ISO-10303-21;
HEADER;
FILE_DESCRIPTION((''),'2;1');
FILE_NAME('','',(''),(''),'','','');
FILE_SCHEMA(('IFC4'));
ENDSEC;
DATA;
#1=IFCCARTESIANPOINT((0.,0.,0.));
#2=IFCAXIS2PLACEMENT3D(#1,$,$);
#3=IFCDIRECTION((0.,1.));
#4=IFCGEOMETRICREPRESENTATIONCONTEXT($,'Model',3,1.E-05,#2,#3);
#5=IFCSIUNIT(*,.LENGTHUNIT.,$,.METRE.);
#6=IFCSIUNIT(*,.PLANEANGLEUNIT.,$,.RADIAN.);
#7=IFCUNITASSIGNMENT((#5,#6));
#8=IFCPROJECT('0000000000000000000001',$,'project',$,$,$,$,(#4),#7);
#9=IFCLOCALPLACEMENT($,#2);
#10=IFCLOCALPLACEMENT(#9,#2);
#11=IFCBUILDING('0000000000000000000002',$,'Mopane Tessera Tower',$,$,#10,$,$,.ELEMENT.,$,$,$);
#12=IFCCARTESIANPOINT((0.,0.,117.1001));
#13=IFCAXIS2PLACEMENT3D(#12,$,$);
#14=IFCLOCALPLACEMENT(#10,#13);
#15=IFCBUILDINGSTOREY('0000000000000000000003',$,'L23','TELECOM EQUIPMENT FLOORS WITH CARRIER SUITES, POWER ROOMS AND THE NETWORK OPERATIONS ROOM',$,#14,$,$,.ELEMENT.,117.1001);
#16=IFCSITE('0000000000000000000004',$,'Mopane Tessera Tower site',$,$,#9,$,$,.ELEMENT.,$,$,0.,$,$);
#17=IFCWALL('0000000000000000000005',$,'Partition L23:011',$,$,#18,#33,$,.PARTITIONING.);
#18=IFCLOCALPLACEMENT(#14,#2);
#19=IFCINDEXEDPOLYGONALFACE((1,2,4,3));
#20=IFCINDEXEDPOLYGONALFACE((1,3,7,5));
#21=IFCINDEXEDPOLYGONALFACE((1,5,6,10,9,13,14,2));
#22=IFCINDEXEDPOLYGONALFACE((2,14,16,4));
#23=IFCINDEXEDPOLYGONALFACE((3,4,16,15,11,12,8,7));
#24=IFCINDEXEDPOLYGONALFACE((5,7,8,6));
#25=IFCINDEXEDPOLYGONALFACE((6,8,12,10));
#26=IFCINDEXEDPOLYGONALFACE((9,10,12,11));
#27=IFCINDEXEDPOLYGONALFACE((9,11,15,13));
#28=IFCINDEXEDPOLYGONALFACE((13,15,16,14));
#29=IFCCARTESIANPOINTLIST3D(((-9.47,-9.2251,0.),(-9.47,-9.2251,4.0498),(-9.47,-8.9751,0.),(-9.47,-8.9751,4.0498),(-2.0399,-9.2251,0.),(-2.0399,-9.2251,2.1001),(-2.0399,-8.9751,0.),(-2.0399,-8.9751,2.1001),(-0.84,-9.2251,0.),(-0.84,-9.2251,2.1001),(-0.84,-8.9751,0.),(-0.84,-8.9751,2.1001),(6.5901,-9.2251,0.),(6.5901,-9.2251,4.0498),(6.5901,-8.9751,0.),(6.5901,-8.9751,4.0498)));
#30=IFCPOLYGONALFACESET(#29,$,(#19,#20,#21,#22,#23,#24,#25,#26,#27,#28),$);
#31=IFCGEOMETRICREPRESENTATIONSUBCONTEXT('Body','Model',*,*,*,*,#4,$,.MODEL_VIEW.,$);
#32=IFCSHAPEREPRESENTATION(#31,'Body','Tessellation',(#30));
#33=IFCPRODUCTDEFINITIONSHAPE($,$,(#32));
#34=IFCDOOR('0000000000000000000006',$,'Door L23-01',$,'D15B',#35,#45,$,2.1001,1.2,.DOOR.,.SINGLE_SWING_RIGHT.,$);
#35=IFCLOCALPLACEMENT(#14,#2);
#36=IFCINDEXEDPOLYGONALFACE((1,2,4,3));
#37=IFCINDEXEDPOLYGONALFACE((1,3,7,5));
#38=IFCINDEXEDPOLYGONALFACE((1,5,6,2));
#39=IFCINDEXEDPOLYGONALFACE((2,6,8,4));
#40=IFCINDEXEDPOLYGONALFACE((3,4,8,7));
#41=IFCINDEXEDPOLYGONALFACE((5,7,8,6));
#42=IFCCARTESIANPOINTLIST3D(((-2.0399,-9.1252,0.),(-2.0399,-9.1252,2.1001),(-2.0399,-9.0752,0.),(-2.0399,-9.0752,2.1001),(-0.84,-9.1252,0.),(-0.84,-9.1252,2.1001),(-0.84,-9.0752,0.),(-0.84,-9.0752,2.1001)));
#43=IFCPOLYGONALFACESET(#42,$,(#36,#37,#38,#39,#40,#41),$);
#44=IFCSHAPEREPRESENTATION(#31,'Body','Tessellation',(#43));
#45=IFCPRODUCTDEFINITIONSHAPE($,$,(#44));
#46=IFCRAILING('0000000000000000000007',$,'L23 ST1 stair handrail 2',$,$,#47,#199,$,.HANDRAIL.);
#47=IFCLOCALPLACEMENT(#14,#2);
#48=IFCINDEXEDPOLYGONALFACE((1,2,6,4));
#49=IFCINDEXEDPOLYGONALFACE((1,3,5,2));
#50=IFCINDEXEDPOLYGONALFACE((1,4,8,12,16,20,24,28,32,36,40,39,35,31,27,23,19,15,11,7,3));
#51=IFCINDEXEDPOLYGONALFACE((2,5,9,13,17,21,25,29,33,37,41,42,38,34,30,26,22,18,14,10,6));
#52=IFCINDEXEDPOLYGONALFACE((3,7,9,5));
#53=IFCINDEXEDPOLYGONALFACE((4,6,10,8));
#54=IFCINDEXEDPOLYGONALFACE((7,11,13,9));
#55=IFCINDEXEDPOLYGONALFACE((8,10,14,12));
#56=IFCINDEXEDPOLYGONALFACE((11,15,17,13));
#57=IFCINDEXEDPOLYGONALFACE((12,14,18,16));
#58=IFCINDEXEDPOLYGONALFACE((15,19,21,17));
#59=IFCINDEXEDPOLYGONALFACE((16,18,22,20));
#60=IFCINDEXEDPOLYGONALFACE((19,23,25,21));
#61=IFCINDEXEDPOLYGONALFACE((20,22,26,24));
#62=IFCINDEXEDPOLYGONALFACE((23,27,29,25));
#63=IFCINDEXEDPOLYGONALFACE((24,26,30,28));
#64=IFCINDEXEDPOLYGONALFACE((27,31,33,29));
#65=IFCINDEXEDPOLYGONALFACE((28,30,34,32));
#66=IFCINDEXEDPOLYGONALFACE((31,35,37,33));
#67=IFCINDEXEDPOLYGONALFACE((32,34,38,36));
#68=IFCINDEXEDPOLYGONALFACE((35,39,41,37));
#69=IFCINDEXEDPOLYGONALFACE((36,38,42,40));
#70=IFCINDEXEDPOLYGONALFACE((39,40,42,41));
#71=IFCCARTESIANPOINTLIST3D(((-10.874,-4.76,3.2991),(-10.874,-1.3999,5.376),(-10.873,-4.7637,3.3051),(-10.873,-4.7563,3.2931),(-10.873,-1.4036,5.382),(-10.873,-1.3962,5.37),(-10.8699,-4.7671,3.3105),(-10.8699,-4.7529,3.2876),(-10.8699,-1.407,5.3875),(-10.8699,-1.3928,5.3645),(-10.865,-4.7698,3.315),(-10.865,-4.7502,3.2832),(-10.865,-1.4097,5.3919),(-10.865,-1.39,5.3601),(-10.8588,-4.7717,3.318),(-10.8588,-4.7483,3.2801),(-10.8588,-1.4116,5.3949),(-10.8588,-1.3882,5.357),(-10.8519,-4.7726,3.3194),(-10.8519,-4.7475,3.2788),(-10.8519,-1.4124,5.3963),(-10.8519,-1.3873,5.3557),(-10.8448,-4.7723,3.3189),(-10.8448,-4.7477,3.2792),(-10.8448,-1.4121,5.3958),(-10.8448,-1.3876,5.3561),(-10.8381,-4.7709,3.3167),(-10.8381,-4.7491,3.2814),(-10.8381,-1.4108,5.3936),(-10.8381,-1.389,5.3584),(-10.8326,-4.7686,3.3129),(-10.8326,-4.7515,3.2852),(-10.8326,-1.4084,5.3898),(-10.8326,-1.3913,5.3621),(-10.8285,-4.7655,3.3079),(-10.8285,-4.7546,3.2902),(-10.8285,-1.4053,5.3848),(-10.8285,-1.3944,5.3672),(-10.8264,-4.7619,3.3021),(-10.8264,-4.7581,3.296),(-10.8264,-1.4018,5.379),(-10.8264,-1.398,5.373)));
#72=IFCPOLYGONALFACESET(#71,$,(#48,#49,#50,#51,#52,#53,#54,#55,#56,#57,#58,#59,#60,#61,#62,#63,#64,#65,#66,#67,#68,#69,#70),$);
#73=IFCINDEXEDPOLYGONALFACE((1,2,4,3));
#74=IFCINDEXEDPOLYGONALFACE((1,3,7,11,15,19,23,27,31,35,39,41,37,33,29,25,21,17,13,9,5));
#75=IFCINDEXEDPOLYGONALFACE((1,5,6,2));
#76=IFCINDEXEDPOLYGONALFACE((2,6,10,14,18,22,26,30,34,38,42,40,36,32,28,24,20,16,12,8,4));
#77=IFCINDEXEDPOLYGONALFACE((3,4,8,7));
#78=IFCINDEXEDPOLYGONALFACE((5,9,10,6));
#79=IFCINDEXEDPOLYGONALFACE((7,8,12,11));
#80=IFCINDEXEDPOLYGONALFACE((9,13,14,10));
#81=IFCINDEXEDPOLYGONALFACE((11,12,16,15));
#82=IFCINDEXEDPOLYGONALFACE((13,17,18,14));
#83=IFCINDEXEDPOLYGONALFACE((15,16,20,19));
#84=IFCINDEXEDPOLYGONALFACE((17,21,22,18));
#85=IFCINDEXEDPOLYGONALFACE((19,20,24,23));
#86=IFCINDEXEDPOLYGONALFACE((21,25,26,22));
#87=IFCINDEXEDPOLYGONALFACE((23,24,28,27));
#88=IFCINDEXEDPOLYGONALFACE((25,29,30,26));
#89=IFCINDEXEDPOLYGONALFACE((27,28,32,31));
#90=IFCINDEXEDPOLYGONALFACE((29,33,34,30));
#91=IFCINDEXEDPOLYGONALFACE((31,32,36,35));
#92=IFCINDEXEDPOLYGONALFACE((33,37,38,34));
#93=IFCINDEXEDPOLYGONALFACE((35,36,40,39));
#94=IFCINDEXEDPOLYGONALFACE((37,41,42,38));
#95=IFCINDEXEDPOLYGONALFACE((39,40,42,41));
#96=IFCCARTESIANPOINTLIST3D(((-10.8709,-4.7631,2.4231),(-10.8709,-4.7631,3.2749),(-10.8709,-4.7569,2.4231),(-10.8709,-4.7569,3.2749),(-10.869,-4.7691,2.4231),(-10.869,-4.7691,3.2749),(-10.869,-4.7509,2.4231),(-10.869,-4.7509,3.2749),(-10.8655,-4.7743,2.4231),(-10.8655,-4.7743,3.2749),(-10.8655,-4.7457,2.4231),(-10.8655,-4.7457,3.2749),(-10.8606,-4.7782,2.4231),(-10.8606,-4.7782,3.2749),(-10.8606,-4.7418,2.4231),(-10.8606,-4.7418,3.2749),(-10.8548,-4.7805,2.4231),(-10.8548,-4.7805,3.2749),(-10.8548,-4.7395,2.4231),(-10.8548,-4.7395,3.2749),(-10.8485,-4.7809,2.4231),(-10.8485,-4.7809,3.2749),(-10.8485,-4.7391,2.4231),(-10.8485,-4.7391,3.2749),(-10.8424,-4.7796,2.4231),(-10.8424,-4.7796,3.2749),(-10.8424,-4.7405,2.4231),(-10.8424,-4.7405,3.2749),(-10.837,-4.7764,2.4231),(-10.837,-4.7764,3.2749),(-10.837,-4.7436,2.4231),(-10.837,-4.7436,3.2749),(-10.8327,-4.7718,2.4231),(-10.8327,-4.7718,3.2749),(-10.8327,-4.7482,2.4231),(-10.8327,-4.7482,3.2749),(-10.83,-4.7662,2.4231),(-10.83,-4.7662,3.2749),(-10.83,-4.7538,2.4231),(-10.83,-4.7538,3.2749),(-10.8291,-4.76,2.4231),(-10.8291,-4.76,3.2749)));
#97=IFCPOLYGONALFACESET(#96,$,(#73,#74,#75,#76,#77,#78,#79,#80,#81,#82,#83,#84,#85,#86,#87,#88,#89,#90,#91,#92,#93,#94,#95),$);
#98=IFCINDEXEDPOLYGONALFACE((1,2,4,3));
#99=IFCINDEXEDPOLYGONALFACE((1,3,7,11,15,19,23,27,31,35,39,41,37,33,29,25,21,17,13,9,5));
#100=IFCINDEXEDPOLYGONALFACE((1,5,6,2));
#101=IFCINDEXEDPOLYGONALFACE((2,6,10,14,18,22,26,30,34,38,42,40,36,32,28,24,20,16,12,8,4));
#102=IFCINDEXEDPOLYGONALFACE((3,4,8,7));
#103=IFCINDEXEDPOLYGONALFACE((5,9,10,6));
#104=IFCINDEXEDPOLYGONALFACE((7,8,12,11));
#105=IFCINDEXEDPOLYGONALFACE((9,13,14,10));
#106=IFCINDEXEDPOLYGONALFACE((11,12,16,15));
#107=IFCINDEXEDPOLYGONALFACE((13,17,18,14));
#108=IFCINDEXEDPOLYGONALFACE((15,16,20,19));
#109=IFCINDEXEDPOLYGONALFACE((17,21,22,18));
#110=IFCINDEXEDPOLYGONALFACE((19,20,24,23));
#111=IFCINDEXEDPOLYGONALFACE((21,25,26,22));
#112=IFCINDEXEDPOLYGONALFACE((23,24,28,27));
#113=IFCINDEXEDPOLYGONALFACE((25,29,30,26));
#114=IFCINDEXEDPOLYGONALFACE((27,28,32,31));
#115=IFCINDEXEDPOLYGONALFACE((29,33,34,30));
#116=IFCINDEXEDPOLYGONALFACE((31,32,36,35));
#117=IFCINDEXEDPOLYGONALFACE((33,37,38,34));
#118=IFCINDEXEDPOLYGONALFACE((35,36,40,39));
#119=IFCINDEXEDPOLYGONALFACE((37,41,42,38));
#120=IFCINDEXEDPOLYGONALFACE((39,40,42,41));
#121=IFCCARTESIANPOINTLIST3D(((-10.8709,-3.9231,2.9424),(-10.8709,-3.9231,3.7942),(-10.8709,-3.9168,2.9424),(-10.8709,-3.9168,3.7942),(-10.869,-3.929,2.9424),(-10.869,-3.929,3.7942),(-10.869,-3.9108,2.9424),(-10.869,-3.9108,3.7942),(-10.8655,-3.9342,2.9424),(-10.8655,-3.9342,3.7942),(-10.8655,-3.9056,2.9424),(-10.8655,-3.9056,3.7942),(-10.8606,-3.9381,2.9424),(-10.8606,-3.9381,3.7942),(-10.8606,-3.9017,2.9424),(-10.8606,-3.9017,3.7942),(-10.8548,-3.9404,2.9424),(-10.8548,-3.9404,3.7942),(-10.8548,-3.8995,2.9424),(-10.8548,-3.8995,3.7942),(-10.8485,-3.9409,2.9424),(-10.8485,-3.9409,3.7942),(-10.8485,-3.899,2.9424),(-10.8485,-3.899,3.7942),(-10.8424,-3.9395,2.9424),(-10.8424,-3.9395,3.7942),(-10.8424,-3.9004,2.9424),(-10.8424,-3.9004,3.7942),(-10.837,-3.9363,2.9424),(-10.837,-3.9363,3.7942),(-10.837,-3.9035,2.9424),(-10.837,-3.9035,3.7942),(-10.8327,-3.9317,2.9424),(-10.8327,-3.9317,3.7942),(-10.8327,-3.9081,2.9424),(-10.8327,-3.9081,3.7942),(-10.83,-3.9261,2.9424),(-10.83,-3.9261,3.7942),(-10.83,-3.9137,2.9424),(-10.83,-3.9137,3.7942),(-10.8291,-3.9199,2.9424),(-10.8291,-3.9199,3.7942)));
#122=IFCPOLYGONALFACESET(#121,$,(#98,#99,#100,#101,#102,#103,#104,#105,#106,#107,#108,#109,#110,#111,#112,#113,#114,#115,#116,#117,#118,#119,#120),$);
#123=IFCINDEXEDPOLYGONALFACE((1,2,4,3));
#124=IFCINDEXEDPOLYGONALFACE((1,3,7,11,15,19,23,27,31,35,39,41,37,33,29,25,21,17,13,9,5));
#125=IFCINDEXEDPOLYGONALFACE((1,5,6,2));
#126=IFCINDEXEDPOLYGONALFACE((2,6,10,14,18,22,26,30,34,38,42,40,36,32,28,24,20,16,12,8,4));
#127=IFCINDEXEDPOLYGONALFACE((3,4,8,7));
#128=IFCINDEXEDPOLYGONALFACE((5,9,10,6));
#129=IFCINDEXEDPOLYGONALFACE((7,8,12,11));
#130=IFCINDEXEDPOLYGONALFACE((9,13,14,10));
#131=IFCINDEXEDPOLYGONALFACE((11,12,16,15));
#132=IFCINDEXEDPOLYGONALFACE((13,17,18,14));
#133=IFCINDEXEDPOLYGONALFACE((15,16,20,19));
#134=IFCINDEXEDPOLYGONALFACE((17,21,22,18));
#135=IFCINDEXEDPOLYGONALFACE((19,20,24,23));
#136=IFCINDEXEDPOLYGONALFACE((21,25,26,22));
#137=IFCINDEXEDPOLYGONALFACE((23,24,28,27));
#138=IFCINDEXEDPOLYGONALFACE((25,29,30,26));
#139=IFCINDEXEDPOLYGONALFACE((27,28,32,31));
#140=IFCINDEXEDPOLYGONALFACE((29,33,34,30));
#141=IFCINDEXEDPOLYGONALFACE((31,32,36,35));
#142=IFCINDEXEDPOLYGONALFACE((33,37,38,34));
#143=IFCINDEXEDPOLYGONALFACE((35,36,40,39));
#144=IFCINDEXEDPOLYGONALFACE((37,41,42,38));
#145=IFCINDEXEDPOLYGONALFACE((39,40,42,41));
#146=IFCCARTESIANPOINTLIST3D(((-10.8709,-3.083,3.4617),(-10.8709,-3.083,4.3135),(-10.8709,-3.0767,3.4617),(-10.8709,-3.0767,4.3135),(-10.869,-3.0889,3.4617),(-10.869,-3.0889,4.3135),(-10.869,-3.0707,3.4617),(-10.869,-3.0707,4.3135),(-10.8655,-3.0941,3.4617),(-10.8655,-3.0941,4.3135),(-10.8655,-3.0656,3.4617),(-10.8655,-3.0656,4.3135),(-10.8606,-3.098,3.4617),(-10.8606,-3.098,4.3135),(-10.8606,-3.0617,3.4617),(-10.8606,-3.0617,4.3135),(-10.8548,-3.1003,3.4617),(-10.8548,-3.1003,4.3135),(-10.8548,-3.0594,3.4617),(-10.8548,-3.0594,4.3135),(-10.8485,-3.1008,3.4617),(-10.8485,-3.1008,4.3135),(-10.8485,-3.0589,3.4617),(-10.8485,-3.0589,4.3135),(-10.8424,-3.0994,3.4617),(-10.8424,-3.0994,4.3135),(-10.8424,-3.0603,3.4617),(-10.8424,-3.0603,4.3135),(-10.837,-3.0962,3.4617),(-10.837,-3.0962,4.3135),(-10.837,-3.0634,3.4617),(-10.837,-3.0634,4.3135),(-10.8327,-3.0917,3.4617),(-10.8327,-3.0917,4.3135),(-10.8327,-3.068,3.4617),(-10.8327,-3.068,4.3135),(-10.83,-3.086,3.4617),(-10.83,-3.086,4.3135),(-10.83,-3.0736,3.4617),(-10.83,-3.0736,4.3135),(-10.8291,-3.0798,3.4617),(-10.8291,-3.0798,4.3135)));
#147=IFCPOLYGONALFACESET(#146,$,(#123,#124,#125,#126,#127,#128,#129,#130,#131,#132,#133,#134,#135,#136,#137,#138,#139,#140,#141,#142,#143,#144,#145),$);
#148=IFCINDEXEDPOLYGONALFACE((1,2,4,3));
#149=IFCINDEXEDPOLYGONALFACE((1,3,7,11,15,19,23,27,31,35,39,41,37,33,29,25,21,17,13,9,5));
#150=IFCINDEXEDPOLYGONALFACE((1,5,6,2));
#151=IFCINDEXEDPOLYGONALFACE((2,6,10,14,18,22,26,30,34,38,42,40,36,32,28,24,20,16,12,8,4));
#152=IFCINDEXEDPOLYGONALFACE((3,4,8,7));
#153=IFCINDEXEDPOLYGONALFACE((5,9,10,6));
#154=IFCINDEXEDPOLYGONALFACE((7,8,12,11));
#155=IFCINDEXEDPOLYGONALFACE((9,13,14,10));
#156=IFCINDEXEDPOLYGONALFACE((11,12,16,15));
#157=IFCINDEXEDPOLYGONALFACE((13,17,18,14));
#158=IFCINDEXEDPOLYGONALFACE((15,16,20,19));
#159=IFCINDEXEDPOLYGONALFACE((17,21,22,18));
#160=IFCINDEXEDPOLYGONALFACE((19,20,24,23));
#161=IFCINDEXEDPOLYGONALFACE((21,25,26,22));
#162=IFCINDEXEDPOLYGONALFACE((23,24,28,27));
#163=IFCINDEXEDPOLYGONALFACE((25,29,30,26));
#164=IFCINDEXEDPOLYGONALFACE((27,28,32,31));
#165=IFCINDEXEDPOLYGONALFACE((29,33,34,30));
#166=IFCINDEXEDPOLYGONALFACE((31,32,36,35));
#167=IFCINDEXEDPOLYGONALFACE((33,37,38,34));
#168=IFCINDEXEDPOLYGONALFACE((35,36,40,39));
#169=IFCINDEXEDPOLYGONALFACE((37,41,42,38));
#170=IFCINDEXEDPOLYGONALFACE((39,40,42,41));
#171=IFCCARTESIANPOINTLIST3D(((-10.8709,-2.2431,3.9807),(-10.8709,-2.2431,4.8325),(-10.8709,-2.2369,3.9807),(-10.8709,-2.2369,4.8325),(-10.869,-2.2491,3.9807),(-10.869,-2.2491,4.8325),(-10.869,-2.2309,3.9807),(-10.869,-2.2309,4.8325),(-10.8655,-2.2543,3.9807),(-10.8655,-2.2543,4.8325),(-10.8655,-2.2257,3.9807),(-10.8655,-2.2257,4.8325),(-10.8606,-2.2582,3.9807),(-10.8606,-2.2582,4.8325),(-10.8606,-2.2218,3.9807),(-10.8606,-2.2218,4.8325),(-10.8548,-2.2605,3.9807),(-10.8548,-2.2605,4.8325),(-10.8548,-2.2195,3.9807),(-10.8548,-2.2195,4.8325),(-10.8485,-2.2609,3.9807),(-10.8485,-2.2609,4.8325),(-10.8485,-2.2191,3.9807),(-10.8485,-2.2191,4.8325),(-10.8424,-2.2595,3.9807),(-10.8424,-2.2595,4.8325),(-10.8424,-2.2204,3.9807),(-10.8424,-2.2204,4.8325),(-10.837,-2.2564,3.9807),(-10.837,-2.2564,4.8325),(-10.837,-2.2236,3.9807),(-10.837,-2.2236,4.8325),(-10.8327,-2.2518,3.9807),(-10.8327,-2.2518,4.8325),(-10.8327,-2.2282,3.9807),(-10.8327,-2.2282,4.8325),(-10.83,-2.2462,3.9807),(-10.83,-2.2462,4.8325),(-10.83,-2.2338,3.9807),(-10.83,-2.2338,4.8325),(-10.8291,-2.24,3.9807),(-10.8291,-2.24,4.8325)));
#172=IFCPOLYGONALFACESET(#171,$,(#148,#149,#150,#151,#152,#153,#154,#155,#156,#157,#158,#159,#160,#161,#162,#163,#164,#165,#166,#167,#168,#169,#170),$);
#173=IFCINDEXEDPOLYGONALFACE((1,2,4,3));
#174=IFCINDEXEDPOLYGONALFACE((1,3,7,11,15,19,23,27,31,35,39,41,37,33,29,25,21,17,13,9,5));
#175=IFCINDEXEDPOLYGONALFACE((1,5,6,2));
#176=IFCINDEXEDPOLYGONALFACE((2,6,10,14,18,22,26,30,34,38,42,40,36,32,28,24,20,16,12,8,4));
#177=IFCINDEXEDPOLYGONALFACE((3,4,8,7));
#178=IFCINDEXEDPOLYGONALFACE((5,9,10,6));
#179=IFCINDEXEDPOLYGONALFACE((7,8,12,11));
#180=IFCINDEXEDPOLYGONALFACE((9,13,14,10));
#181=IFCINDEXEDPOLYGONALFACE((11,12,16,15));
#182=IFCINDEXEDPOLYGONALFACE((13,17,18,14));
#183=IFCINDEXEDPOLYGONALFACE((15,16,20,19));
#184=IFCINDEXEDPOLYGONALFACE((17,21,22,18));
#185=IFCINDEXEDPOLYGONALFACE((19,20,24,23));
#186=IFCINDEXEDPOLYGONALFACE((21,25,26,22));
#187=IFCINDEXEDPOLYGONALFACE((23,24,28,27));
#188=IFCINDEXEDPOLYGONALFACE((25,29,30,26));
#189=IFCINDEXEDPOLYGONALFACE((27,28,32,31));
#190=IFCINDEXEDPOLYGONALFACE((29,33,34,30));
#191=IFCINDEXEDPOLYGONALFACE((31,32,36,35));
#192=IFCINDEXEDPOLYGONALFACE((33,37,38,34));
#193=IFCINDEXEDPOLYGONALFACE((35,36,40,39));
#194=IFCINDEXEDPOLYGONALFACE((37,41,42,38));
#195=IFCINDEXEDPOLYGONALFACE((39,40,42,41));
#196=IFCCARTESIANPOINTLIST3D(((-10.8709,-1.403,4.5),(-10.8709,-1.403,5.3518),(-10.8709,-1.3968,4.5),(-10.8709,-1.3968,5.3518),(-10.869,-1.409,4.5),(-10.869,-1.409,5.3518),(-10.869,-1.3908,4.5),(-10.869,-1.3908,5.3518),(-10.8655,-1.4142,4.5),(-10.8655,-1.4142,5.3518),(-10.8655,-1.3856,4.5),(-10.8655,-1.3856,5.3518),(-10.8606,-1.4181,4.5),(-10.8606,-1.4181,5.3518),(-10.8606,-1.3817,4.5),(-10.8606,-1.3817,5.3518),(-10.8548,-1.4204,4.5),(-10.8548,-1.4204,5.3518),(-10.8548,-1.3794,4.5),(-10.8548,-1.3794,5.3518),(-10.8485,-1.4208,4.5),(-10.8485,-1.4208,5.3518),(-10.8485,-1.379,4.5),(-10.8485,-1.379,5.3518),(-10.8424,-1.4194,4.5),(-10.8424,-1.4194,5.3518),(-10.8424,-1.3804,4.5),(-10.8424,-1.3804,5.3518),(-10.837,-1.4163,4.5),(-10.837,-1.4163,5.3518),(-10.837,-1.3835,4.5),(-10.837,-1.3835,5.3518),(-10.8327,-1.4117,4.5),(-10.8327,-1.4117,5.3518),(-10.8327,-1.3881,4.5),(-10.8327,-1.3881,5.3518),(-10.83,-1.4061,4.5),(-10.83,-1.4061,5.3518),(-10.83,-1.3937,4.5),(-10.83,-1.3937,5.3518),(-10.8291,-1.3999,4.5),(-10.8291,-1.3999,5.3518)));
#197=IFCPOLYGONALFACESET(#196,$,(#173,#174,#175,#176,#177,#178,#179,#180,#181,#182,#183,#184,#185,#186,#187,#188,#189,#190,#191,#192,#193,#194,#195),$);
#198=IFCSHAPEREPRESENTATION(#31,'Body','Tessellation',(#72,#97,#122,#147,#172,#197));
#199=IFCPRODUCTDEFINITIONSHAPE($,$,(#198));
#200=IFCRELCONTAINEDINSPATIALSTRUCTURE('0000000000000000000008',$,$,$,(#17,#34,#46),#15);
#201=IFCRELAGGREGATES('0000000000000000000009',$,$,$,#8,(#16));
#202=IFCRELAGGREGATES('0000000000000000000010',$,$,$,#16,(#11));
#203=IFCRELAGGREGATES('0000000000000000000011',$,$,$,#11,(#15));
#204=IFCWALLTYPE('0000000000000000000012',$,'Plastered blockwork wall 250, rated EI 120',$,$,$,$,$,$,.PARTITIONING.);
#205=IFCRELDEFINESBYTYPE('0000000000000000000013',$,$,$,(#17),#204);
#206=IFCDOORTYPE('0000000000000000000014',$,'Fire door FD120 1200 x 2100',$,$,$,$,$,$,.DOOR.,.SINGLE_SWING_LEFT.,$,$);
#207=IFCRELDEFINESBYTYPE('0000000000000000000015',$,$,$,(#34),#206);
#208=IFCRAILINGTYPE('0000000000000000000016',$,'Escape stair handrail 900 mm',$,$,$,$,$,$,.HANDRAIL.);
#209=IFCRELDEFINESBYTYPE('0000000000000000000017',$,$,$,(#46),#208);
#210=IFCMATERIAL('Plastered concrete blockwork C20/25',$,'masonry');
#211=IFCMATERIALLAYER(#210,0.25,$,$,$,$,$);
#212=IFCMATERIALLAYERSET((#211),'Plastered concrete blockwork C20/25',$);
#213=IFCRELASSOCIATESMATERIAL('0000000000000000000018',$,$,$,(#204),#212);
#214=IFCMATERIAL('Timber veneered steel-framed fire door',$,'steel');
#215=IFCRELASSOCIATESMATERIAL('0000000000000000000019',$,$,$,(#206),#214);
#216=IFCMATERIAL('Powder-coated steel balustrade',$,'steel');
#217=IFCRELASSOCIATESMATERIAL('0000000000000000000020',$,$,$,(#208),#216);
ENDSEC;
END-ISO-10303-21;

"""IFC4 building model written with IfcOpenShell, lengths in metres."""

from ifc_helpers import new_model, si_unit, direction, frame, frame_2d, origin, origin_2d, place, context, subcontext, project, spatial, rectangle, circle, extrude, material, layer, layer_set, type_object, element, fill, save


model = new_model("IFC4")

# Units and contexts
model_context = context("Model", 3, precision=1e-05, world=origin(), true_north=direction((0.0, 1.0)))
body_context = subcontext(model_context, "Body", "Model", "MODEL_VIEW")
ifc_project = project(units=[si_unit("LENGTHUNIT", "METRE"), si_unit("PLANEANGLEUNIT", "RADIAN")], contexts=[model_context])

# Site, building, storey
site_placement = place(None, origin())
site = spatial("IfcSite", under=ifc_project, at=site_placement, Name="Mopane Tessera Tower site", CompositionType="ELEMENT", RefElevation=0.0)
building_placement = place(site_placement, origin())
building = spatial("IfcBuilding", under=site, at=building_placement, Name="Mopane Tessera Tower", CompositionType="ELEMENT")
storey_placement = place(building_placement, frame((0.0, 0.0, 117.1001)))
storey = spatial("IfcBuildingStorey", under=building, at=storey_placement, Name="L23", Description="TELECOM EQUIPMENT FLOORS WITH CARRIER SUITES, POWER ROOMS AND THE NETWORK OPERATIONS ROOM", CompositionType="ELEMENT", Elevation=117.1001)

# Wall, opening, door
ifc_material_1 = material(Name="Plastered concrete blockwork C20/25", Category="masonry")
ifc_layer_1 = layer(ifc_material_1, 0.25)
ifc_layer_set_1 = layer_set([ifc_layer_1], Name="Plastered concrete blockwork C20/25")
wall_type_1 = type_object("IfcWallType", Name="Plastered blockwork wall 250, rated EI 120", PredefinedType="PARTITIONING", material=ifc_layer_set_1)
wall_1_placement = place(storey_placement, frame((-9.47, -9.1001, 0.0), z_axis=(0.0, 0.0, 1.0), x_axis=(1.0, 0.0, 0.0)))
wall_1 = element("IfcWall", 1, at=wall_1_placement, inside=storey, type_object=wall_type_1, Name="Partition L23:011", PredefinedType="PARTITIONING", context=body_context, shape_type="SweptSolid", body=[
    extrude(rectangle(XDim=16.0601, YDim=0.25, at=frame_2d((8.03, 0.0))), origin(), (0.0, 0.0, 1.0), 4.0498),
])
opening_1_placement = place(wall_1_placement, frame((7.4299, 0.0, 0.0)))
opening_1 = element("IfcOpeningElement", 2, at=opening_1_placement, cuts=wall_1, PredefinedType="OPENING", context=body_context, shape_type="SweptSolid", body=[
    extrude(rectangle(XDim=1.2, YDim=2.1001, at=frame_2d((0.6001, 1.05))), frame((0.0, 0.137, 0.0), z_axis=(0.0, -1.0, 0.0), x_axis=(1.0, 0.0, 0.0)), (0.0, 0.0, 1.0), 0.2739),
])
ifc_material_2 = material(Name="Timber veneered steel-framed fire door", Category="steel")
door_type_1 = type_object("IfcDoorType", Name="Fire door FD120 1200 x 2100", OperationType="SINGLE_SWING_LEFT", PredefinedType="DOOR", material=ifc_material_2)
door_1_placement = place(opening_1_placement, origin())
door_1 = element("IfcDoor", 3, at=door_1_placement, inside=storey, type_object=door_type_1, Name="Door L23-01", ObjectType="D15B", OperationType="SINGLE_SWING_RIGHT", OverallHeight=2.1001, OverallWidth=1.2, PredefinedType="DOOR", context=body_context, shape_type="SweptSolid", body=[
    extrude(rectangle(XDim=1.2, YDim=2.1001, at=frame_2d((0.6001, 1.05))), frame((0.0, 0.0249, 0.0), z_axis=(0.0, -1.0, 0.0), x_axis=(1.0, 0.0, 0.0)), (0.0, 0.0, 1.0), 0.05),
])
fill(opening_1, door_1)

# Railing
ifc_material_3 = material(Name="Powder-coated steel balustrade", Category="steel")
railing_type = type_object("IfcRailingType", Name="Escape stair handrail 900 mm", PredefinedType="HANDRAIL", material=ifc_material_3)
railing_placement = place(storey_placement, frame((-10.8501, -4.76, 2.4231)))
element("IfcRailing", 4, at=railing_placement, inside=storey, type_object=railing_type, Name="L23 ST1 stair handrail 2", PredefinedType="HANDRAIL", context=body_context, shape_type="SweptSolid", body=[
    extrude(circle(Radius=0.0239, at=origin_2d()), frame((0.0, 0.0, 0.876), z_axis=(0.0, 0.850623, 0.525776), x_axis=(-1.0, 0.0, 0.0)), (0.0, 0.0, 1.0), 3.9502),
    extrude(circle(Radius=0.021, at=origin_2d()), origin(), (0.0, 0.0, 1.0), 0.8518),
    extrude(circle(Radius=0.021, at=origin_2d()), frame((0.0, 0.8401, 0.5193)), (0.0, 0.0, 1.0), 0.8518),
    extrude(circle(Radius=0.021, at=origin_2d()), frame((0.0, 1.6802, 1.0386)), (0.0, 0.0, 1.0), 0.8518),
    extrude(circle(Radius=0.021, at=origin_2d()), frame((0.0, 2.52, 1.5576)), (0.0, 0.0, 1.0), 0.8518),
    extrude(circle(Radius=0.021, at=origin_2d()), frame((0.0, 3.3601, 2.0769)), (0.0, 0.0, 1.0), 0.8518),
])

save(model, "model.ifc")
